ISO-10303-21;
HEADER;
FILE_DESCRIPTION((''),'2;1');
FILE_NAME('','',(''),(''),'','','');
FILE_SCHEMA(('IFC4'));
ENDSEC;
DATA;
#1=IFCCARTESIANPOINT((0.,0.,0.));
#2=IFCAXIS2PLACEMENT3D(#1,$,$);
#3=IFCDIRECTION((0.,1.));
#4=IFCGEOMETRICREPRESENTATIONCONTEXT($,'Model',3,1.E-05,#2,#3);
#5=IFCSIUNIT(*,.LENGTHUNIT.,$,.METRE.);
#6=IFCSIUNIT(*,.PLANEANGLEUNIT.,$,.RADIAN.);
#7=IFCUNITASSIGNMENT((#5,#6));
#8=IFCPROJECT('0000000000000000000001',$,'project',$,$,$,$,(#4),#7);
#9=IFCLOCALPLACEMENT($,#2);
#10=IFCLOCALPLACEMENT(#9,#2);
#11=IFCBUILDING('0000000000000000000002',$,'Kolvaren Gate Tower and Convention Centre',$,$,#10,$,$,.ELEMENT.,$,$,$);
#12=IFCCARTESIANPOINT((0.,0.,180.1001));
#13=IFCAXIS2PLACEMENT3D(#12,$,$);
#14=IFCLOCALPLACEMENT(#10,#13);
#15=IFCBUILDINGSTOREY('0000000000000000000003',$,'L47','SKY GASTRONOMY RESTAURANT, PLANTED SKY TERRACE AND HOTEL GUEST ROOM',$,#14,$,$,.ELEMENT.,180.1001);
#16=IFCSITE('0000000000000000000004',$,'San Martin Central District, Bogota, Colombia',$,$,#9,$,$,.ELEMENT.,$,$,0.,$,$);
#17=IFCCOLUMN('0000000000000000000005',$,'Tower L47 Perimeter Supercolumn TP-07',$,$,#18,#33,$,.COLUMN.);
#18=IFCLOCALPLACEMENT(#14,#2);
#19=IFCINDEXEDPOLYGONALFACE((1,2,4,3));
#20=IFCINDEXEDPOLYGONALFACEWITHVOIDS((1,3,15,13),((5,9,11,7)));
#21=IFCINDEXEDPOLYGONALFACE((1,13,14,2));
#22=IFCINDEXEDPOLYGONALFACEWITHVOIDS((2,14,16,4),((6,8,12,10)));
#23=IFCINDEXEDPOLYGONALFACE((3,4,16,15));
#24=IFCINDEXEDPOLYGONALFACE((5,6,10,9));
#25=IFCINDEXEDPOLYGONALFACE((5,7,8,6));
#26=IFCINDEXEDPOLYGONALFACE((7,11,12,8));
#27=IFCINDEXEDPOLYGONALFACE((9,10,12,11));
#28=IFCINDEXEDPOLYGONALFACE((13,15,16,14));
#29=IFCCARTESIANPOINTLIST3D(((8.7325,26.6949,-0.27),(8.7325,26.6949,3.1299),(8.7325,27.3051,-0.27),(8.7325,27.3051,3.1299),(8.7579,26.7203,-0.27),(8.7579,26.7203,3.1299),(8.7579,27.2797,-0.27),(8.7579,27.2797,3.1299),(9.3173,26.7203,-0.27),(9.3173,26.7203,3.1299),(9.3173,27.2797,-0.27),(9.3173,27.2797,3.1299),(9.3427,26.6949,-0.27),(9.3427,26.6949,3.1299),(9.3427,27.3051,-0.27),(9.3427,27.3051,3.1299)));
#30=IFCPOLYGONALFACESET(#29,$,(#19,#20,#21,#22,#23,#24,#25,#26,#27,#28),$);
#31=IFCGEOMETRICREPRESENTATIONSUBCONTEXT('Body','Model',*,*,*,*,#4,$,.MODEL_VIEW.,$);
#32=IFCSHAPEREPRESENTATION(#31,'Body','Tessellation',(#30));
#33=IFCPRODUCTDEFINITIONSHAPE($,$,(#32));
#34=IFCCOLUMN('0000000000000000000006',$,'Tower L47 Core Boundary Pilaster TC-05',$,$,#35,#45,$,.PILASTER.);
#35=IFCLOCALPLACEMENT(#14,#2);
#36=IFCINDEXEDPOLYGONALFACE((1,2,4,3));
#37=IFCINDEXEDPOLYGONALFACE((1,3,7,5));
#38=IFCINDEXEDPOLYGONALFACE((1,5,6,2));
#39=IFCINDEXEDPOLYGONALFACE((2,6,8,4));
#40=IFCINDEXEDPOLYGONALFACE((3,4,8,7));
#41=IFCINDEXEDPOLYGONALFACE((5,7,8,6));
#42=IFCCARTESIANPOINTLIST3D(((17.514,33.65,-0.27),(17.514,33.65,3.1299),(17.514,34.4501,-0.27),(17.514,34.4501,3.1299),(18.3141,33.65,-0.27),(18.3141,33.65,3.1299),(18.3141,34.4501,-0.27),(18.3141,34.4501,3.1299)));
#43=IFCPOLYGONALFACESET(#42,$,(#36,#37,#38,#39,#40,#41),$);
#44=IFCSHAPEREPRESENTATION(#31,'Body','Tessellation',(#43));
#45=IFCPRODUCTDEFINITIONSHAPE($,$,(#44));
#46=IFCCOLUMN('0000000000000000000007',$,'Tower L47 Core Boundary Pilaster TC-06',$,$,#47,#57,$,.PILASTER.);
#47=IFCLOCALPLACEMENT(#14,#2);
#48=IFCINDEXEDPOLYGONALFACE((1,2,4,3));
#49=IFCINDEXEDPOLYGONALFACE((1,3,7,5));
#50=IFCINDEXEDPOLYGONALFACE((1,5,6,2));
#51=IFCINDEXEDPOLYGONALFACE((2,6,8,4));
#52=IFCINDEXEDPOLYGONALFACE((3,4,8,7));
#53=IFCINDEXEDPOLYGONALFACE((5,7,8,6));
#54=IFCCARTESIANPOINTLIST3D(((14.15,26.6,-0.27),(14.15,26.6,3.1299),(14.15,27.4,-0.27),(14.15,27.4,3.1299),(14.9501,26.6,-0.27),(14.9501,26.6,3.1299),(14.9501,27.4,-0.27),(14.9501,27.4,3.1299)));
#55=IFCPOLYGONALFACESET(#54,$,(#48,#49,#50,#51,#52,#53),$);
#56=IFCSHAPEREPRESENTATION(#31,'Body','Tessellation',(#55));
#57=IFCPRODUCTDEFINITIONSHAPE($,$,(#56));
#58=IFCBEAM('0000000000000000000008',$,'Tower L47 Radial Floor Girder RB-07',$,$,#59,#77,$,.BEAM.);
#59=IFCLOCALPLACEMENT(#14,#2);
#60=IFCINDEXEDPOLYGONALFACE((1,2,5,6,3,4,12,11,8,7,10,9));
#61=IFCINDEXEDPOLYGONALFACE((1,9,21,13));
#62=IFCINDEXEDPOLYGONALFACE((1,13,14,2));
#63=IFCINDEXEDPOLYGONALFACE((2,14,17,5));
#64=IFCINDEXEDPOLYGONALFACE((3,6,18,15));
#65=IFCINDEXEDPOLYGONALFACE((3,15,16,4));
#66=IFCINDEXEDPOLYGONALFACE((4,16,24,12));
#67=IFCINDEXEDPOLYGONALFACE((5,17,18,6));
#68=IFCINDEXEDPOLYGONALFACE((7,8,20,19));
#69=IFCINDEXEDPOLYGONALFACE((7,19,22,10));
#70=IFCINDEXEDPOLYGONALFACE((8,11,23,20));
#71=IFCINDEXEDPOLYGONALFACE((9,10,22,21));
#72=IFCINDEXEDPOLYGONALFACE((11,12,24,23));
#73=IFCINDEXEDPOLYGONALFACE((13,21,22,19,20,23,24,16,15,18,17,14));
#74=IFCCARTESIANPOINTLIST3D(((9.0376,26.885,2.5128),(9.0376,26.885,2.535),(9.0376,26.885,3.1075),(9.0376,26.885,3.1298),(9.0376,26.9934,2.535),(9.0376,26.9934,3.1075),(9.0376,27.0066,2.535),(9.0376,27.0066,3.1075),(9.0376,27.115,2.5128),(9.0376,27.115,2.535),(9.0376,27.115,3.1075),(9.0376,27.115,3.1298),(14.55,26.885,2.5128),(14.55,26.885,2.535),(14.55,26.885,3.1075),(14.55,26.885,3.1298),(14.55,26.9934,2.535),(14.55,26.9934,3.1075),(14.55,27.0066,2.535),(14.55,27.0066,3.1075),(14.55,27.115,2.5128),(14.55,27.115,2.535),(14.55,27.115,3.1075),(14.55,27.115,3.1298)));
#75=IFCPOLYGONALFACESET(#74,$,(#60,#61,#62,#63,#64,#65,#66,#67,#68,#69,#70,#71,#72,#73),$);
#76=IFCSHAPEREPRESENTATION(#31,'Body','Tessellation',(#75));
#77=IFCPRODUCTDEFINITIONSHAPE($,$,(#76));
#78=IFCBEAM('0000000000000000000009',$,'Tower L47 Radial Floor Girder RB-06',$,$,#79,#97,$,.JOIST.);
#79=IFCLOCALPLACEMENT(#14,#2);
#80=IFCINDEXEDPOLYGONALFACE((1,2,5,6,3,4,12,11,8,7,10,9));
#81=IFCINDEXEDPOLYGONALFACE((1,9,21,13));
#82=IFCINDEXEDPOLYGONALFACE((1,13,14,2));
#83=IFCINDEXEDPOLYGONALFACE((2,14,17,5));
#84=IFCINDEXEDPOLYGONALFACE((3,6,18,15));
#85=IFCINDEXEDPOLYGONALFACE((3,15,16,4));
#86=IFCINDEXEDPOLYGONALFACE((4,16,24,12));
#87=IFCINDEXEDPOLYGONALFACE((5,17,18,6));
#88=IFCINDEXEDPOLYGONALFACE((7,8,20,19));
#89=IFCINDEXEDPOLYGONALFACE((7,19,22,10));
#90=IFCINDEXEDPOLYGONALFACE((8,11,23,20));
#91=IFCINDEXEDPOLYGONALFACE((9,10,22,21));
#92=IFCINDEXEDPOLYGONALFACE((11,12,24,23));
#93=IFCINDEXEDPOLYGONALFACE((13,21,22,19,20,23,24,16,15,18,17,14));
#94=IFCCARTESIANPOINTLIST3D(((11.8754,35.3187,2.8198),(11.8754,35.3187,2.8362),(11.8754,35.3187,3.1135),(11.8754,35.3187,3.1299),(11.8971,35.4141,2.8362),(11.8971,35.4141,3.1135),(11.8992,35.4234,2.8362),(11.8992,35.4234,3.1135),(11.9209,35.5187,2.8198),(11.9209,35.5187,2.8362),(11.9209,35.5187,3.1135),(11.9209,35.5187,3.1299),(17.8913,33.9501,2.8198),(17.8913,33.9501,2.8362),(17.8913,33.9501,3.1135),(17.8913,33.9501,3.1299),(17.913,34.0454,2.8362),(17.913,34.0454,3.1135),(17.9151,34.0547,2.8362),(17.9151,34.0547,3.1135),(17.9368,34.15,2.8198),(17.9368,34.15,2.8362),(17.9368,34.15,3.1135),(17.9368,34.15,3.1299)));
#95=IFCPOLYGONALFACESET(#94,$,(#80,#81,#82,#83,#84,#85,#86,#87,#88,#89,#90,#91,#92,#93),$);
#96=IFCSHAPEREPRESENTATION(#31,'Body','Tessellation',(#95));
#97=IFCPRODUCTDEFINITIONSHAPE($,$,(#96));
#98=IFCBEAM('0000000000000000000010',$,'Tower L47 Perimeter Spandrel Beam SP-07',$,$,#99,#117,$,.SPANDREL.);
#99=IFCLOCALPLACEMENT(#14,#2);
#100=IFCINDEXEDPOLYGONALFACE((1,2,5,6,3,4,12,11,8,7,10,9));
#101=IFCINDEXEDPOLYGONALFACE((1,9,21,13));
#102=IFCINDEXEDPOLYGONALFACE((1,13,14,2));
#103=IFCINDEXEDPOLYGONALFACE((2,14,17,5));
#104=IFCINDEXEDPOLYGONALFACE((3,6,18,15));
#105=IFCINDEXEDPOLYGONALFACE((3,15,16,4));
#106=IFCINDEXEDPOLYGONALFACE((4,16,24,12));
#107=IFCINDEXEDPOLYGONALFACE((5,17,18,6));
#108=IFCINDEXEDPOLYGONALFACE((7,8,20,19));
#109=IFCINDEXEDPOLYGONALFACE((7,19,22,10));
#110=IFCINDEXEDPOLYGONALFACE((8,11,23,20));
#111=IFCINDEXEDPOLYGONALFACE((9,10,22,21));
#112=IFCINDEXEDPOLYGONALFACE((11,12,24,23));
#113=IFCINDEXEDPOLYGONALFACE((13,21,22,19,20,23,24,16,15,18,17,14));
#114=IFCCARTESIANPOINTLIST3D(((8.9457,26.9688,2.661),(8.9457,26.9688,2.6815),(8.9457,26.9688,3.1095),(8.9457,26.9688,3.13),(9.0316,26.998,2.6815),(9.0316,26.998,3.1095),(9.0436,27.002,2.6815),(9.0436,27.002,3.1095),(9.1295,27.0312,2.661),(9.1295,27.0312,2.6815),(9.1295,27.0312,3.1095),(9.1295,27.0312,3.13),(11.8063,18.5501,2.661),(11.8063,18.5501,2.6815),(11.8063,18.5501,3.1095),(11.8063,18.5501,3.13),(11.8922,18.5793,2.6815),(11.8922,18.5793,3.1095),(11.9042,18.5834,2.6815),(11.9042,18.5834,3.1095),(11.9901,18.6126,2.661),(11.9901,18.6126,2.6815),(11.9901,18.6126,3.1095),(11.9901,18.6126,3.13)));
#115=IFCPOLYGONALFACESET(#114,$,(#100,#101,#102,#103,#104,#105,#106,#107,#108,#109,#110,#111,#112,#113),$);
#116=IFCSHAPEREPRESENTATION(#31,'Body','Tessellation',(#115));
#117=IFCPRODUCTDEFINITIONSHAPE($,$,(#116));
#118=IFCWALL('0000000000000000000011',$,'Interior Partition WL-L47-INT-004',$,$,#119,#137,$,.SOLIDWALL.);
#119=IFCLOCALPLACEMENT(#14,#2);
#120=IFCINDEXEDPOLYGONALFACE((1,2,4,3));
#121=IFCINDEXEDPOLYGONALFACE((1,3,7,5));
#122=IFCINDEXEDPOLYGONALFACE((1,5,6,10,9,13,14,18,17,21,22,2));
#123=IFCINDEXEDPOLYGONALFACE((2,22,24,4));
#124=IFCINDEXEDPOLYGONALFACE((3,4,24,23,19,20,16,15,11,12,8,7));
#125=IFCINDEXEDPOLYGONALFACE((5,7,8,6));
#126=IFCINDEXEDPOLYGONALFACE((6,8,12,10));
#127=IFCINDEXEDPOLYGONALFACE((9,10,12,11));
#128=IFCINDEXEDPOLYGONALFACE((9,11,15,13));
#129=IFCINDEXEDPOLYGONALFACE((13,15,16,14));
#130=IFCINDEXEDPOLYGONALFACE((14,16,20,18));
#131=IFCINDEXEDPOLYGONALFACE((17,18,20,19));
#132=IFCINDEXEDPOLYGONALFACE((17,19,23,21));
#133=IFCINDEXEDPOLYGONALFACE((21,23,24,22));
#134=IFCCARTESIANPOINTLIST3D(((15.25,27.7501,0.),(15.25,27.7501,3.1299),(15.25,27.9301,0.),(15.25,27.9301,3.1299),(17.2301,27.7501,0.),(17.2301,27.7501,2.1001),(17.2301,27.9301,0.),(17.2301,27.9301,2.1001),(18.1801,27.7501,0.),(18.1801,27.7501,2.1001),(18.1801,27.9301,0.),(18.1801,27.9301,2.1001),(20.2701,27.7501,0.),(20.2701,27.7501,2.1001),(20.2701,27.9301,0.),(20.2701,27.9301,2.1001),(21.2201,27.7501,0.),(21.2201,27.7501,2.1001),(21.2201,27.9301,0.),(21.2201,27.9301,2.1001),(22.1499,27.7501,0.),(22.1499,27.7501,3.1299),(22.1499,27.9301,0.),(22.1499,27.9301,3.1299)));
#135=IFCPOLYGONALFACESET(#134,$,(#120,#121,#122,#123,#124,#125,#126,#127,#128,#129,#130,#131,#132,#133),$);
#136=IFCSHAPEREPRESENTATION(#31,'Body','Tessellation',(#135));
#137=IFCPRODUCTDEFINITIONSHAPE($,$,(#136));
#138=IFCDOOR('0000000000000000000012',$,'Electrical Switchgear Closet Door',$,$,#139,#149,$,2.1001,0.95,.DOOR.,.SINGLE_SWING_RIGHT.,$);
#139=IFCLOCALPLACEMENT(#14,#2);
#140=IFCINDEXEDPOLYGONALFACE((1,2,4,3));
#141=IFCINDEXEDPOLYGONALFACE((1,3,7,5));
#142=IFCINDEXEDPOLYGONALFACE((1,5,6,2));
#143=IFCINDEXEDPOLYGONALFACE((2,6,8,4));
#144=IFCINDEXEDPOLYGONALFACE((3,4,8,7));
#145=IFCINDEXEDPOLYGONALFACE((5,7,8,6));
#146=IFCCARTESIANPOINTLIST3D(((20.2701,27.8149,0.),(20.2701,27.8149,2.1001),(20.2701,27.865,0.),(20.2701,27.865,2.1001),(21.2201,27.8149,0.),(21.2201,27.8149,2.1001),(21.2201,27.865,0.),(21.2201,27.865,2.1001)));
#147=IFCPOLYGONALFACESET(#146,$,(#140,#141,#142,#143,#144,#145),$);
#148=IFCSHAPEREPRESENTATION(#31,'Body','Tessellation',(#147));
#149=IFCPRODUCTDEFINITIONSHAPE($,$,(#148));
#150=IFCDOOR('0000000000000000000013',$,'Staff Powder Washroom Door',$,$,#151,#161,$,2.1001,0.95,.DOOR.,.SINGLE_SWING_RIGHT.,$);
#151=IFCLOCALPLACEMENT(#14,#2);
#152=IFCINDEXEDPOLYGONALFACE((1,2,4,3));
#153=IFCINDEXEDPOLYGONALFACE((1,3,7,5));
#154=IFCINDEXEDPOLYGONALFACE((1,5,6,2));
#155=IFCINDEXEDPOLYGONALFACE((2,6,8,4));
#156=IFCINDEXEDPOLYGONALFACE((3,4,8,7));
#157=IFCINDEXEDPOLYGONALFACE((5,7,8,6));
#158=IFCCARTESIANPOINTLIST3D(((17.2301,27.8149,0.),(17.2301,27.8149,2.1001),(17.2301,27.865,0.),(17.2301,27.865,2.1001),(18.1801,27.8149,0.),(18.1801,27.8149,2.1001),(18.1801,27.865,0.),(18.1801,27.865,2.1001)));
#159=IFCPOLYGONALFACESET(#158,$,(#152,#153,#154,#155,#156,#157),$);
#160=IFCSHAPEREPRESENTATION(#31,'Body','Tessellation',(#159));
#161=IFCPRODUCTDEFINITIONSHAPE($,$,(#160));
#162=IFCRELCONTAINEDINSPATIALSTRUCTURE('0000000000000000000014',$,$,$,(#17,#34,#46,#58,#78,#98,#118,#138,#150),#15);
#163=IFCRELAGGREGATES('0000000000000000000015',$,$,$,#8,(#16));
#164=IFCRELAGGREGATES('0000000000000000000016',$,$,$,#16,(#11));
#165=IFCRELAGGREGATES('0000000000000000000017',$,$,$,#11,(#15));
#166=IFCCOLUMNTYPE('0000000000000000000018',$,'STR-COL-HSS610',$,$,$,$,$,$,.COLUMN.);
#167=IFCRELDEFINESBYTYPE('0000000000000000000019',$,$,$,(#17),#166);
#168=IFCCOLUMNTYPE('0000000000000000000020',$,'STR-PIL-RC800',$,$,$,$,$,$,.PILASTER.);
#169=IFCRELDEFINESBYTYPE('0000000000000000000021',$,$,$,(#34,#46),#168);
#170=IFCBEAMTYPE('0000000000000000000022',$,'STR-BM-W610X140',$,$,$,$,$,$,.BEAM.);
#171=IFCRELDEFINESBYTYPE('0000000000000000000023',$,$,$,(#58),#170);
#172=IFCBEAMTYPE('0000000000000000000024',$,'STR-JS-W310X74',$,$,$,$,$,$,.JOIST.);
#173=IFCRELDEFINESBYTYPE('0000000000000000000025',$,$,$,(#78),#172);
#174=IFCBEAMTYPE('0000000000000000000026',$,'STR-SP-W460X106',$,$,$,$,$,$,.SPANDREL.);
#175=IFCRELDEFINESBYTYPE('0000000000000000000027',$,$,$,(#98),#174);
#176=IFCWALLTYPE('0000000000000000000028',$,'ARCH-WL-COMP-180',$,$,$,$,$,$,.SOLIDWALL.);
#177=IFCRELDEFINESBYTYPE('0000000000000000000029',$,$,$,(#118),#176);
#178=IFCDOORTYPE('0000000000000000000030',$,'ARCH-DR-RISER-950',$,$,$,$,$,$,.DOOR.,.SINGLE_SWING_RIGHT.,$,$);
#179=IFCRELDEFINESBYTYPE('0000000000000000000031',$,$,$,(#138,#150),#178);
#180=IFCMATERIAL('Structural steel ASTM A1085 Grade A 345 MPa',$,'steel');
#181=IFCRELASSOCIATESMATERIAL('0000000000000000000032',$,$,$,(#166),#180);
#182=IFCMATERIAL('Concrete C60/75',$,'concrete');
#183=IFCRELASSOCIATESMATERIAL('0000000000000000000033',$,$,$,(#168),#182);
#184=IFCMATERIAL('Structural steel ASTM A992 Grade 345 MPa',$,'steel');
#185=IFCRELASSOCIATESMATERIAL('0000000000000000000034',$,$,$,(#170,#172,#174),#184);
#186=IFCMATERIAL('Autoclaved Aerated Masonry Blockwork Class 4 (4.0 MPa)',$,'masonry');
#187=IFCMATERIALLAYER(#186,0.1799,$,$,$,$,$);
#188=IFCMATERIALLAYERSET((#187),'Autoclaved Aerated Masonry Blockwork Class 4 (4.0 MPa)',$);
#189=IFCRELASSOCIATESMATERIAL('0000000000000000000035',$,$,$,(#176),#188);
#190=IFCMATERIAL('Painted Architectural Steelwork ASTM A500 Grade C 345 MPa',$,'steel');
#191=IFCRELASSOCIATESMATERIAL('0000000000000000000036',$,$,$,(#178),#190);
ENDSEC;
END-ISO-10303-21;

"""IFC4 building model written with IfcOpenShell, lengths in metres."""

from ifc_helpers import new_model, si_unit, direction, frame, frame_2d, origin, origin_2d, place, context, subcontext, project, spatial, rectangle, hollow_rectangle, i_section, extrude, material, layer, layer_set, material_profile, profile_set, type_object, element, fill, save


model = new_model("IFC4")

# Units and contexts
model_context = context("Model", 3, precision=1e-05, world=origin(), true_north=direction((0.0, 1.0)))
body_context = subcontext(model_context, "Body", "Model", "MODEL_VIEW")
ifc_project = project(units=[si_unit("LENGTHUNIT", "METRE"), si_unit("PLANEANGLEUNIT", "RADIAN")], contexts=[model_context])

# Site, building, storey
site_placement = place(None, origin())
site = spatial("IfcSite", under=ifc_project, at=site_placement, Name="San Martin Central District, Bogota, Colombia", CompositionType="ELEMENT", RefElevation=0.0)
building_placement = place(site_placement, origin())
building = spatial("IfcBuilding", under=site, at=building_placement, Name="Kolvaren Gate Tower and Convention Centre", CompositionType="ELEMENT")
storey_placement = place(building_placement, frame((0.0, 0.0, 180.1001)))
storey = spatial("IfcBuildingStorey", under=building, at=storey_placement, Name="L47", Description="SKY GASTRONOMY RESTAURANT, PLANTED SKY TERRACE AND HOTEL GUEST ROOM", CompositionType="ELEMENT", Elevation=180.1001)

# Columns
ifc_material_1 = material(Name="Structural steel ASTM A1085 Grade A 345 MPa", Category="steel")
ifc_material_profile_1 = material_profile(ifc_material_1, hollow_rectangle(XDim=0.6101, YDim=0.6101, WallThickness=0.0254, at=origin_2d()), Name="HSS610X610X25.4")
ifc_profile_set_1 = profile_set([ifc_material_profile_1], Name="Structural steel ASTM A1085 Grade A 345 MPa")
column_type_1 = type_object("IfcColumnType", Name="STR-COL-HSS610", PredefinedType="COLUMN", material=ifc_profile_set_1)
column_placement = place(storey_placement, frame((9.0376, 27.0, -0.27), z_axis=(0.0, 0.0, 1.0), x_axis=(1.0, 0.0, 0.0)))
element("IfcColumn", 1, at=column_placement, inside=storey, type_object=column_type_1, Name="Tower L47 Perimeter Supercolumn TP-07", PredefinedType="COLUMN", context=body_context, shape_type="SweptSolid", body=[
    extrude(hollow_rectangle(XDim=0.6101, YDim=0.6101, WallThickness=0.0254, at=origin_2d()), origin(), (0.0, 0.0, 1.0), 3.3999),
])
ifc_material_2 = material(Name="Concrete C60/75", Category="concrete")
ifc_material_profile_2 = material_profile(ifc_material_2, rectangle(XDim=0.8, YDim=0.8, at=origin_2d()), Name="RC-COL-800X800")
ifc_profile_set_2 = profile_set([ifc_material_profile_2], Name="Concrete C60/75")
column_type_2 = type_object("IfcColumnType", Name="STR-PIL-RC800", PredefinedType="PILASTER", material=ifc_profile_set_2)
for number, where, z_axis, x_axis, name in (
    (2, (17.9141, 34.05, -0.27), (0.0, 0.0, 1.0), (1.0, 0.0, 0.0), "Tower L47 Core Boundary Pilaster TC-05"),
    (3, (14.55, 27.0, -0.27), (0.0, 0.0, 1.0), (1.0, 0.0, 0.0), "Tower L47 Core Boundary Pilaster TC-06"),
):
    element("IfcColumn", number, at=place(storey_placement, frame(where, z_axis=z_axis, x_axis=x_axis)), inside=storey, type_object=column_type_2, Name=name, PredefinedType="PILASTER", context=body_context, shape_type="SweptSolid", body=[
        extrude(rectangle(XDim=0.8, YDim=0.8, at=origin_2d()), origin(), (0.0, 0.0, 1.0), 3.3999),
    ])

# Beams
ifc_material_3 = material(Name="Structural steel ASTM A992 Grade 345 MPa", Category="steel")
ifc_material_profile_3 = material_profile(ifc_material_3, i_section(OverallWidth=0.23, OverallDepth=0.6169, WebThickness=0.0132, FlangeThickness=0.0222, at=origin_2d()), Name="W610X140")
ifc_profile_set_3 = profile_set([ifc_material_profile_3], Name="Structural steel ASTM A992 Grade 345 MPa")
beam_type_1 = type_object("IfcBeamType", Name="STR-BM-W610X140", PredefinedType="BEAM", material=ifc_profile_set_3)
beam_1_placement = place(storey_placement, frame((14.55, 27.0, 2.8213), z_axis=(-1.0, 0.0, 0.0), x_axis=(0.0, -1.0, 0.0)))
element("IfcBeam", 4, at=beam_1_placement, inside=storey, type_object=beam_type_1, Name="Tower L47 Radial Floor Girder RB-07", PredefinedType="BEAM", context=body_context, shape_type="SweptSolid", body=[
    extrude(i_section(OverallWidth=0.23, OverallDepth=0.6169, WebThickness=0.0132, FlangeThickness=0.0222, at=origin_2d()), origin(), (0.0, 0.0, 1.0), 5.5125),
])
ifc_material_profile_4 = material_profile(ifc_material_3, i_section(OverallWidth=0.2051, OverallDepth=0.3101, WebThickness=0.0095, FlangeThickness=0.0164, at=origin_2d()), Name="W310X74")
ifc_profile_set_4 = profile_set([ifc_material_profile_4], Name="Structural steel ASTM A992 Grade 345 MPa")
beam_type_2 = type_object("IfcBeamType", Name="STR-JS-W310X74", PredefinedType="JOIST", material=ifc_profile_set_4)
beam_2_placement = place(storey_placement, frame((17.9141, 34.05, 2.9749), z_axis=(-0.975083, 0.221838, 0.0), x_axis=(-0.221838, -0.975083, 0.0)))
element("IfcBeam", 5, at=beam_2_placement, inside=storey, type_object=beam_type_2, Name="Tower L47 Radial Floor Girder RB-06", PredefinedType="JOIST", context=body_context, shape_type="SweptSolid", body=[
    extrude(i_section(OverallWidth=0.2051, OverallDepth=0.3101, WebThickness=0.0095, FlangeThickness=0.0164, at=origin_2d()), origin(), (0.0, 0.0, 1.0), 6.1697),
])
ifc_material_profile_5 = material_profile(ifc_material_3, i_section(OverallWidth=0.1941, OverallDepth=0.469, WebThickness=0.0127, FlangeThickness=0.0205, at=origin_2d()), Name="W460X106")
ifc_profile_set_5 = profile_set([ifc_material_profile_5], Name="Structural steel ASTM A992 Grade 345 MPa")
beam_type_3 = type_object("IfcBeamType", Name="STR-SP-W460X106", PredefinedType="SPANDREL", material=ifc_profile_set_5)
beam_3_placement = place(storey_placement, frame((9.0376, 27.0, 2.8955), z_axis=(0.321725, -0.946833, 0.0), x_axis=(0.946833, 0.321725, 0.0)))
element("IfcBeam", 6, at=beam_3_placement, inside=storey, type_object=beam_type_3, Name="Tower L47 Perimeter Spandrel Beam SP-07", PredefinedType="SPANDREL", context=body_context, shape_type="SweptSolid", body=[
    extrude(i_section(OverallWidth=0.1941, OverallDepth=0.469, WebThickness=0.0127, FlangeThickness=0.0205, at=origin_2d()), origin(), (0.0, 0.0, 1.0), 8.8914),
])

# Wall, openings, doors
ifc_material_4 = material(Name="Autoclaved Aerated Masonry Blockwork Class 4 (4.0 MPa)", Category="masonry")
ifc_layer_1 = layer(ifc_material_4, 0.1799)
ifc_layer_set_1 = layer_set([ifc_layer_1], Name="Autoclaved Aerated Masonry Blockwork Class 4 (4.0 MPa)")
wall_type_1 = type_object("IfcWallType", Name="ARCH-WL-COMP-180", PredefinedType="SOLIDWALL", material=ifc_layer_set_1)
wall_1_placement = place(storey_placement, frame((15.25, 27.8401, 0.0), z_axis=(0.0, 0.0, 1.0), x_axis=(1.0, 0.0, 0.0)))
wall_1 = element("IfcWall", 7, at=wall_1_placement, inside=storey, type_object=wall_type_1, Name="Interior Partition WL-L47-INT-004", PredefinedType="SOLIDWALL", context=body_context, shape_type="SweptSolid", body=[
    extrude(rectangle(XDim=6.8999, YDim=0.1799, at=frame_2d((3.45, 0.0))), origin(), (0.0, 0.0, 1.0), 3.1299),
])
opening_1_placement = place(wall_1_placement, frame((5.02, 0.0, 0.0)))
opening_1 = element("IfcOpeningElement", 8, at=opening_1_placement, cuts=wall_1, PredefinedType="OPENING", context=body_context, shape_type="SweptSolid", body=[
    extrude(rectangle(XDim=0.95, YDim=2.1001, at=frame_2d((0.4751, 1.05))), frame((0.0, 0.0999, 0.0), z_axis=(0.0, -1.0, 0.0), x_axis=(1.0, 0.0, 0.0)), (0.0, 0.0, 1.0), 0.2),
])
opening_2_placement = place(wall_1_placement, frame((1.98, 0.0, 0.0)))
opening_2 = element("IfcOpeningElement", 9, at=opening_2_placement, cuts=wall_1, PredefinedType="OPENING", context=body_context, shape_type="SweptSolid", body=[
    extrude(rectangle(XDim=0.95, YDim=2.1001, at=frame_2d((0.4751, 1.05))), frame((0.0, 0.0999, 0.0), z_axis=(0.0, -1.0, 0.0), x_axis=(1.0, 0.0, 0.0)), (0.0, 0.0, 1.0), 0.2),
])
ifc_material_5 = material(Name="Painted Architectural Steelwork ASTM A500 Grade C 345 MPa", Category="steel")
door_type = type_object("IfcDoorType", Name="ARCH-DR-RISER-950", OperationType="SINGLE_SWING_RIGHT", PredefinedType="DOOR", material=ifc_material_5)
door_1_placement = place(opening_1_placement, origin())
door_1 = element("IfcDoor", 10, at=door_1_placement, inside=storey, type_object=door_type, Name="Electrical Switchgear Closet Door", OperationType="SINGLE_SWING_RIGHT", OverallHeight=2.1001, OverallWidth=0.95, PredefinedType="DOOR", context=body_context, shape_type="SweptSolid", body=[
    extrude(rectangle(XDim=0.95, YDim=2.1001, at=frame_2d((0.4751, 1.05))), frame((0.0, 0.0249, 0.0), z_axis=(0.0, -1.0, 0.0), x_axis=(1.0, 0.0, 0.0)), (0.0, 0.0, 1.0), 0.05),
])
fill(opening_1, door_1)
door_2_placement = place(opening_2_placement, origin())
door_2 = element("IfcDoor", 11, at=door_2_placement, inside=storey, type_object=door_type, Name="Staff Powder Washroom Door", OperationType="SINGLE_SWING_RIGHT", OverallHeight=2.1001, OverallWidth=0.95, PredefinedType="DOOR", context=body_context, shape_type="SweptSolid", body=[
    extrude(rectangle(XDim=0.95, YDim=2.1001, at=frame_2d((0.4751, 1.05))), frame((0.0, 0.0249, 0.0), z_axis=(0.0, -1.0, 0.0), x_axis=(1.0, 0.0, 0.0)), (0.0, 0.0, 1.0), 0.05),
])
fill(opening_2, door_2)

save(model, "model.ifc")
